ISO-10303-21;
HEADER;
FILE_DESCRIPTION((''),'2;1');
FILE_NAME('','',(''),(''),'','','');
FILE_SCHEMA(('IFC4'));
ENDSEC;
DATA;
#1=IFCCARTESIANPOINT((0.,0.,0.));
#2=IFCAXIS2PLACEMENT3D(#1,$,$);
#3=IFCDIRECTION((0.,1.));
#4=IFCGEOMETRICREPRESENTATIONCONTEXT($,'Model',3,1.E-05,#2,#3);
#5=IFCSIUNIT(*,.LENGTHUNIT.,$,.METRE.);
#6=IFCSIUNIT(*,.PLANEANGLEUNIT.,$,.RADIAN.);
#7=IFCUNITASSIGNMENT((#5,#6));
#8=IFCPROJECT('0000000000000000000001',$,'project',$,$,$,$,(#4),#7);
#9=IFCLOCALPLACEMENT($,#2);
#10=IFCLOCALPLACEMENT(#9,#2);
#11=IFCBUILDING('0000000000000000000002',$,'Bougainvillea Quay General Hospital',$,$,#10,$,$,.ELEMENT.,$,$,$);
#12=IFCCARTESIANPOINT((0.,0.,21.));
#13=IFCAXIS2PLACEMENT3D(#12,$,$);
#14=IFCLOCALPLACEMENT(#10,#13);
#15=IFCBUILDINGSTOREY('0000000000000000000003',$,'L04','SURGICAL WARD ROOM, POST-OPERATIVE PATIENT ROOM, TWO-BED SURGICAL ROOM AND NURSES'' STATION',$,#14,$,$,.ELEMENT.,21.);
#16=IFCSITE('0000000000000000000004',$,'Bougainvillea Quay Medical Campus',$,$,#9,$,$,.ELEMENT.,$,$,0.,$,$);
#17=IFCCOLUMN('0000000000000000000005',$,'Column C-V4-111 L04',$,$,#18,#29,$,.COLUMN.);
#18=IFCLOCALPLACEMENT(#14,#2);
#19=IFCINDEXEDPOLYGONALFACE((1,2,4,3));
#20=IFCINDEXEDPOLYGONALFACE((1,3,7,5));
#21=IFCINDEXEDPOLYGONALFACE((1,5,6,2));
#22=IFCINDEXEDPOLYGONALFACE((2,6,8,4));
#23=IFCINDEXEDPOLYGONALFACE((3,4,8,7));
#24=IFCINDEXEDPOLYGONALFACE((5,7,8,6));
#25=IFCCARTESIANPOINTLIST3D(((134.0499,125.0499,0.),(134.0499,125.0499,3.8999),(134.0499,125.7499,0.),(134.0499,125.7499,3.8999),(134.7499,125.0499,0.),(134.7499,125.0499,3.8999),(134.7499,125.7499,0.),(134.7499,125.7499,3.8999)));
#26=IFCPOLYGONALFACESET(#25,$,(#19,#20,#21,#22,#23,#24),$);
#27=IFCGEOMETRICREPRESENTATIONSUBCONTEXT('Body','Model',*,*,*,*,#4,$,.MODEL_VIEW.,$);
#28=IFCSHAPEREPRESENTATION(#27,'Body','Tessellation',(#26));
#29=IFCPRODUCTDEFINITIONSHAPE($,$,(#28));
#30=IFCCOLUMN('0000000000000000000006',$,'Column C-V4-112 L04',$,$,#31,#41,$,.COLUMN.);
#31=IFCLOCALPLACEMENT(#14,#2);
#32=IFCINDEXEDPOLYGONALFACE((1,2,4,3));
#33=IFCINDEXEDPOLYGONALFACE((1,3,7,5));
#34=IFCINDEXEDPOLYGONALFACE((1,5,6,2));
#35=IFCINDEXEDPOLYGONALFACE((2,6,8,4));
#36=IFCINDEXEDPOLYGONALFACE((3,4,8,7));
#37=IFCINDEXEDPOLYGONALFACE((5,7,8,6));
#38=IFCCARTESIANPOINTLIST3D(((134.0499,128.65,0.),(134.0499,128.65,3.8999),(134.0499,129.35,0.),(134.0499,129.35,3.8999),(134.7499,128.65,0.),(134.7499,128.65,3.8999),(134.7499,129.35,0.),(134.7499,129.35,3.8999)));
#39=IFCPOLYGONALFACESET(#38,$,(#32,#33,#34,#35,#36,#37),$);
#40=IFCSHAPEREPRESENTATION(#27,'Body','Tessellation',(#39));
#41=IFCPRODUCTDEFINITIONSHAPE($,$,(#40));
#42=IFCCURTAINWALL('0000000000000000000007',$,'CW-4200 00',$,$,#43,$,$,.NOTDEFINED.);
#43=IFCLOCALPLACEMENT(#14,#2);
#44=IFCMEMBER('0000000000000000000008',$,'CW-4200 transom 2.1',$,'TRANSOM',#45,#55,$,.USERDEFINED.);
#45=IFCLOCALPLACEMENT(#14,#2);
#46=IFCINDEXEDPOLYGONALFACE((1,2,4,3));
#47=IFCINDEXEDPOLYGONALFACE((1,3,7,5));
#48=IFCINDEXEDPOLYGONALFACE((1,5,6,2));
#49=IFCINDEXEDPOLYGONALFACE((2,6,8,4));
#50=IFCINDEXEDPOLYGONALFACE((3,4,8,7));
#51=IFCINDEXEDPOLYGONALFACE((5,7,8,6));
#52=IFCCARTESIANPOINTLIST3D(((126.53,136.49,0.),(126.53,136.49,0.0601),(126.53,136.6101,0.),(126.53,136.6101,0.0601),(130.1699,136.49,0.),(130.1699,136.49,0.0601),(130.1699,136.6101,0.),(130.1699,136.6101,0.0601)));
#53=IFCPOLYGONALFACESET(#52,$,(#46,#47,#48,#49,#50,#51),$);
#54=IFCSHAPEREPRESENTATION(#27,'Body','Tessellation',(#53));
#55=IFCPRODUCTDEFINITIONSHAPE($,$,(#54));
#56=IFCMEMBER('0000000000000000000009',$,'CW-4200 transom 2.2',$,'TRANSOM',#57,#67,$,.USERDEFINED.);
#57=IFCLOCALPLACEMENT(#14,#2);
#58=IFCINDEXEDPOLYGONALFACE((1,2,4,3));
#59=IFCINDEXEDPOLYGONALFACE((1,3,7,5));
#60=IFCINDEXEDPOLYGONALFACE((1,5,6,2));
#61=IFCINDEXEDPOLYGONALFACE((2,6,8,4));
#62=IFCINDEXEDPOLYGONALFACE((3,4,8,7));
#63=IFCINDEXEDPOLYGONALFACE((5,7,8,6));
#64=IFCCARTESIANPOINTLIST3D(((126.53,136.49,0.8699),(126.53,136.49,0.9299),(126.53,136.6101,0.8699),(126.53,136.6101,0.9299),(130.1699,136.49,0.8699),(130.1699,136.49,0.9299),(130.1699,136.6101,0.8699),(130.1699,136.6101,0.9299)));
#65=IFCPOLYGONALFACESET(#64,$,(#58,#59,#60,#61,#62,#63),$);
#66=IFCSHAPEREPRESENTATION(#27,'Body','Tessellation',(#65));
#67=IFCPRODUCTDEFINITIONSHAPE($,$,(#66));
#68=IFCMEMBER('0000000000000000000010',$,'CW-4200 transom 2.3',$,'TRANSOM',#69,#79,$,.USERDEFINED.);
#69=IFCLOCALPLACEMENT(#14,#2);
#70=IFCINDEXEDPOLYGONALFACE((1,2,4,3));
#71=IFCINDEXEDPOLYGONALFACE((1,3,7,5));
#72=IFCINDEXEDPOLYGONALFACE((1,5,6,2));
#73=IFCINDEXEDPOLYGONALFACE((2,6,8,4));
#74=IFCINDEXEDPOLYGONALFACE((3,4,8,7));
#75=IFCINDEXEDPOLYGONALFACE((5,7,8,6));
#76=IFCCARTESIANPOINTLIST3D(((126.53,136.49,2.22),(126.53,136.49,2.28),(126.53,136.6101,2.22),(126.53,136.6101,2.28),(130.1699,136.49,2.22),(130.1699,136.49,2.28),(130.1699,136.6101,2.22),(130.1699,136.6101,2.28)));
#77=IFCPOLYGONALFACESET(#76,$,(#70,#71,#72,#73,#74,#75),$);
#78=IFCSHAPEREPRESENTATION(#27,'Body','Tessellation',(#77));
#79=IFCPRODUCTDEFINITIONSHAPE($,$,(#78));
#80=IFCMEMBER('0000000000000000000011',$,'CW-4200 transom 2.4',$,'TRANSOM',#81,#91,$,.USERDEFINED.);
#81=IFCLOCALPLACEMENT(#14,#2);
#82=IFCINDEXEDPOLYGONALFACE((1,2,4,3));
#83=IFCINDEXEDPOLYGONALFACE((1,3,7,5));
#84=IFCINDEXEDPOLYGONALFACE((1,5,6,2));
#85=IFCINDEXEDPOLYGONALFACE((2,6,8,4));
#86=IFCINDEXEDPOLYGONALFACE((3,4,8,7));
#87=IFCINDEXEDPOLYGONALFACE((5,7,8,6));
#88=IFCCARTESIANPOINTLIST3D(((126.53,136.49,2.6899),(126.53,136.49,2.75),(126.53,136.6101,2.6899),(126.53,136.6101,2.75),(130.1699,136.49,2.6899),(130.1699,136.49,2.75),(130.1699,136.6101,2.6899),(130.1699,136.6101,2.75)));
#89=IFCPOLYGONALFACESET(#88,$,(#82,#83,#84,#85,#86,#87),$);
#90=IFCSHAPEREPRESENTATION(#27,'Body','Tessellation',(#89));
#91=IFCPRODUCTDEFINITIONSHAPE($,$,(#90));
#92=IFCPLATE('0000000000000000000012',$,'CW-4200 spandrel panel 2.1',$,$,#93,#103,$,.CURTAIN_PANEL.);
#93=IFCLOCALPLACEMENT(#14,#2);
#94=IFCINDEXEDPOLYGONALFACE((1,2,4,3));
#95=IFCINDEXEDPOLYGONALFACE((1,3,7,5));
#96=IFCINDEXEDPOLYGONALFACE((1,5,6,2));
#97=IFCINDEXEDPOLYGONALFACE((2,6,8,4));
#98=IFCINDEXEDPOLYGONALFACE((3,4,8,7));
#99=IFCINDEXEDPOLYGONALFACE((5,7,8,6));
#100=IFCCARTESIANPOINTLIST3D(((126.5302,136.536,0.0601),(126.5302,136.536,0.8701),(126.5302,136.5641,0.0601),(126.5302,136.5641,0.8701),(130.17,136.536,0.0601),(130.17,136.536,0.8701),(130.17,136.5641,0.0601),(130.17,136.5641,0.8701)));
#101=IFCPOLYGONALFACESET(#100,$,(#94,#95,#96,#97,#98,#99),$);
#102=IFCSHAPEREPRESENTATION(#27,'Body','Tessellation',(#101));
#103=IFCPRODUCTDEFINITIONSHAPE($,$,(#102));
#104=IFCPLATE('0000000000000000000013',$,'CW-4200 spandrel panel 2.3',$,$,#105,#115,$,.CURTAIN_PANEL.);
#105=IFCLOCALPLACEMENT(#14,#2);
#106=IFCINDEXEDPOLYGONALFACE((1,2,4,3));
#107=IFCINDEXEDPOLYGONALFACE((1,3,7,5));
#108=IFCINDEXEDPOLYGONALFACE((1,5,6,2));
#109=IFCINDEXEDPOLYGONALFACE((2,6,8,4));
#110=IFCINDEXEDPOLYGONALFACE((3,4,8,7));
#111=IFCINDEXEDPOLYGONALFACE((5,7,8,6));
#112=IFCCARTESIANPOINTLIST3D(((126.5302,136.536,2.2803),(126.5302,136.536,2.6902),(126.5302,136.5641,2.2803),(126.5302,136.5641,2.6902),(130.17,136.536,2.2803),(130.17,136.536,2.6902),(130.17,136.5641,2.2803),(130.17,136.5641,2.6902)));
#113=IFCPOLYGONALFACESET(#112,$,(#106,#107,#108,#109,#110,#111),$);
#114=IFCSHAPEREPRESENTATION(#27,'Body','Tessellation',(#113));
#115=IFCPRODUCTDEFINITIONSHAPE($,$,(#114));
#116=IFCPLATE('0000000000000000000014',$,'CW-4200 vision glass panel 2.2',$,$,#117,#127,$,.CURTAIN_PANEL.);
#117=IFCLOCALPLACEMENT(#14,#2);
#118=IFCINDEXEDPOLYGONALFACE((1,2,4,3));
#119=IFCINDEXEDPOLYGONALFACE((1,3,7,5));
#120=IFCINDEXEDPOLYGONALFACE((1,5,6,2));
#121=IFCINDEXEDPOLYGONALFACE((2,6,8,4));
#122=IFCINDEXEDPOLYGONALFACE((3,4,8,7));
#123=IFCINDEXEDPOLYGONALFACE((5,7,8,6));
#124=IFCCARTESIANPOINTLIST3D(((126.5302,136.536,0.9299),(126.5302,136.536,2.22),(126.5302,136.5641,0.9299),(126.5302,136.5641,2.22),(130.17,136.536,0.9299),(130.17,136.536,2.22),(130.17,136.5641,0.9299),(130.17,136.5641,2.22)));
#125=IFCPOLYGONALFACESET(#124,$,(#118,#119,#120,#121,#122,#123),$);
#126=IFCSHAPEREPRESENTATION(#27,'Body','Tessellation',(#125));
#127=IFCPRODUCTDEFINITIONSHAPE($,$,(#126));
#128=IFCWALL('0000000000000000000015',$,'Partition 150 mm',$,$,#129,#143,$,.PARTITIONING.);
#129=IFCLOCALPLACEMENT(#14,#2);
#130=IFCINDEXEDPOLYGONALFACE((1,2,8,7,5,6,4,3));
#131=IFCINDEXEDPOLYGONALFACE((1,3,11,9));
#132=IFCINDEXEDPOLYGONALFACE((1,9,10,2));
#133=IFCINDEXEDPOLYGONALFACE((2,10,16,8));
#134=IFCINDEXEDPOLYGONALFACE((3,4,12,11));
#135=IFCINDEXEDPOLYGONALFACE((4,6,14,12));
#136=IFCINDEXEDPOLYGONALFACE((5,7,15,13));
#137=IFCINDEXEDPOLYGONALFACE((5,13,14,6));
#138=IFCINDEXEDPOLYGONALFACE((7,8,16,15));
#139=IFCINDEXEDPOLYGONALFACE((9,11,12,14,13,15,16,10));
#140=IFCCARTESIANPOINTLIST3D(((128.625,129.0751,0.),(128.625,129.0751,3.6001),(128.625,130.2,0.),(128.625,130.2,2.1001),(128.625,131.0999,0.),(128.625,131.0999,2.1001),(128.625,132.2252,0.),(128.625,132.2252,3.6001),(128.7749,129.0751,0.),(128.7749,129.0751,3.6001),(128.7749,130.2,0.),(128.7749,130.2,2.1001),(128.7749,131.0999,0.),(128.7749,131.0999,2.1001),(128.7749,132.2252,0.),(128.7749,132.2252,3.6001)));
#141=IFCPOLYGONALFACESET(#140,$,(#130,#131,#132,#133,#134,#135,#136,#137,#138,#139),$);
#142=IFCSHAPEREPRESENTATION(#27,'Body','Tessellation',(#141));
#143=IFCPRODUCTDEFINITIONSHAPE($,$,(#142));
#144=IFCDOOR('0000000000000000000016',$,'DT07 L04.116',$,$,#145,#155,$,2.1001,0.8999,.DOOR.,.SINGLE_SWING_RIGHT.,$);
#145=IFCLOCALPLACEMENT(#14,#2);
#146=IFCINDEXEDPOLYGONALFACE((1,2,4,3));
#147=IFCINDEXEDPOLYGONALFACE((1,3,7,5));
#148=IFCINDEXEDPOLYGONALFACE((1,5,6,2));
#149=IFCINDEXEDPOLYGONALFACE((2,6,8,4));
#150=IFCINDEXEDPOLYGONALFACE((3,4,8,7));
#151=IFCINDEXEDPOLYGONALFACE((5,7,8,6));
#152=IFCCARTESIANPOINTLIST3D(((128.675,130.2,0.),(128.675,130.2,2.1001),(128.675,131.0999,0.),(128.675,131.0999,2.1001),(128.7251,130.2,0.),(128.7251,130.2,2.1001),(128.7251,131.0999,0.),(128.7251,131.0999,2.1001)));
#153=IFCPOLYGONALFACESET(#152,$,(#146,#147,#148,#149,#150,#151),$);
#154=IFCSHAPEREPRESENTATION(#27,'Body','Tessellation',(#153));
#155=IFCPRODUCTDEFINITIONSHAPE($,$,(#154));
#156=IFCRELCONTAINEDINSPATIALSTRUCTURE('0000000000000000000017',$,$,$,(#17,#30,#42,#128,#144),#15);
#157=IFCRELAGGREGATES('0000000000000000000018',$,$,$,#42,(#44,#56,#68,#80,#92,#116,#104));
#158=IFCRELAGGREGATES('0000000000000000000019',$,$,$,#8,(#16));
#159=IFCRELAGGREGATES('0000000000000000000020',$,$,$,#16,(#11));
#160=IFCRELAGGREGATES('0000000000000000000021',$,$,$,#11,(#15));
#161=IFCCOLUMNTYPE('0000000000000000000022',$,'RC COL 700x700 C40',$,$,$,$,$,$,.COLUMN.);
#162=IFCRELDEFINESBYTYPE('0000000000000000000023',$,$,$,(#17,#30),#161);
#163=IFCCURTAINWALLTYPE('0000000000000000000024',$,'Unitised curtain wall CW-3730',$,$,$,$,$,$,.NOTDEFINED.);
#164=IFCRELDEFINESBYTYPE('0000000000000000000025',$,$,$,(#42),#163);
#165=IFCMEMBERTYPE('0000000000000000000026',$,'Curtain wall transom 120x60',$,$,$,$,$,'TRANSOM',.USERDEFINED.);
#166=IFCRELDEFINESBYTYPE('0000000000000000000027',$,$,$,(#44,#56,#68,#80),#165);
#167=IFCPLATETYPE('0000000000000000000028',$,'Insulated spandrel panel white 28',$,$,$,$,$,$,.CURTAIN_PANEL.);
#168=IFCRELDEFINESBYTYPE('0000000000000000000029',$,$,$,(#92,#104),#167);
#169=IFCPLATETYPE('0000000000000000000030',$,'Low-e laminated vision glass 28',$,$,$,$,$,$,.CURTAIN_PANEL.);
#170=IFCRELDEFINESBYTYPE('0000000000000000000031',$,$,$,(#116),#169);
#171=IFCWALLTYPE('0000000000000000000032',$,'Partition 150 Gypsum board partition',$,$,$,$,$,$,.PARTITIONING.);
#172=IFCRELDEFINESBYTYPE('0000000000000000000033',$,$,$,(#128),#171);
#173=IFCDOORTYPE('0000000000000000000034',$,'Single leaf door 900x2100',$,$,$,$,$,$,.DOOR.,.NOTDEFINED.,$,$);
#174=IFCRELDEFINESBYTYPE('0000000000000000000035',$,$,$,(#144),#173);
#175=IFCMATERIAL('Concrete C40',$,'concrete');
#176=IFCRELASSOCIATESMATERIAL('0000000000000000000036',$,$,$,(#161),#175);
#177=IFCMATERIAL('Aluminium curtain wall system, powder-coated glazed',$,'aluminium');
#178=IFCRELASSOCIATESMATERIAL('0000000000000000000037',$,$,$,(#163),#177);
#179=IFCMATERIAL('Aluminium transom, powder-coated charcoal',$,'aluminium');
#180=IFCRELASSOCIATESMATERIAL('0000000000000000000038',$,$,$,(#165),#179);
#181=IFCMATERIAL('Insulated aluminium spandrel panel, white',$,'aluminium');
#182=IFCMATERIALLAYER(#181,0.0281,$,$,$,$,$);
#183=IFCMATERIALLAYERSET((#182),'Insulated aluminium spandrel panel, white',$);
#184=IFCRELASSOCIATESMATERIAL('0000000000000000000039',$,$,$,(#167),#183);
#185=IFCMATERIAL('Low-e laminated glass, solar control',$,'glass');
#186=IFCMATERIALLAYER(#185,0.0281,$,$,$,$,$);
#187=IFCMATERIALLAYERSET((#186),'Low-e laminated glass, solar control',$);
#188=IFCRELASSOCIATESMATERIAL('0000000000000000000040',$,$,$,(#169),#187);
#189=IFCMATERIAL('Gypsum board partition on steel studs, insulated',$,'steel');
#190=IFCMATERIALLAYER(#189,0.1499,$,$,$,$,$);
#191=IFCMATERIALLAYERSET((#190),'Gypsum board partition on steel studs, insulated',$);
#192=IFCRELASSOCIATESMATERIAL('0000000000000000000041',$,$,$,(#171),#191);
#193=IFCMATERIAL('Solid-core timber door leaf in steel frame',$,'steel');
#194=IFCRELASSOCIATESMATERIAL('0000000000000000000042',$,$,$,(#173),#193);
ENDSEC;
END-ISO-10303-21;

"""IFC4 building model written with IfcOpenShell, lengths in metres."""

from ifc_helpers import new_model, si_unit, direction, frame, frame_2d, origin, origin_2d, place, context, subcontext, project, spatial, rectangle, extrude, material, layer, layer_set, material_profile, profile_set, type_object, element, fill, aggregate, save


model = new_model("IFC4")

# Units and contexts
model_context = context("Model", 3, precision=1e-05, world=origin(), true_north=direction((0.0, 1.0)))
body_context = subcontext(model_context, "Body", "Model", "MODEL_VIEW")
ifc_project = project(units=[si_unit("LENGTHUNIT", "METRE"), si_unit("PLANEANGLEUNIT", "RADIAN")], contexts=[model_context])

# Site, building, storey
site_placement = place(None, origin())
site = spatial("IfcSite", under=ifc_project, at=site_placement, Name="Bougainvillea Quay Medical Campus", CompositionType="ELEMENT", RefElevation=0.0)
building_placement = place(site_placement, origin())
building = spatial("IfcBuilding", under=site, at=building_placement, Name="Bougainvillea Quay General Hospital", CompositionType="ELEMENT")
storey_placement = place(building_placement, frame((0.0, 0.0, 21.0)))
storey = spatial("IfcBuildingStorey", under=building, at=storey_placement, Name="L04", Description="SURGICAL WARD ROOM, POST-OPERATIVE PATIENT ROOM, TWO-BED SURGICAL ROOM AND NURSES' STATION", CompositionType="ELEMENT", Elevation=21.0)

# Columns
ifc_material_1 = material(Name="Concrete C40", Category="concrete")
ifc_material_profile_1 = material_profile(ifc_material_1, rectangle(XDim=0.7, YDim=0.7, at=origin_2d()))
ifc_profile_set_1 = profile_set([ifc_material_profile_1], Name="Concrete C40")
column_type = type_object("IfcColumnType", Name="RC COL 700x700 C40", PredefinedType="COLUMN", material=ifc_profile_set_1)
for number, where, z_axis, x_axis, name in (
    (1, (134.3999, 125.3999, 0.0), (0.0, 0.0, 1.0), (1.0, 0.0, 0.0), "Column C-V4-111 L04"),
    (2, (134.3999, 129.0, 0.0), (0.0, 0.0, 1.0), (1.0, 0.0, 0.0), "Column C-V4-112 L04"),
):
    element("IfcColumn", number, at=place(storey_placement, frame(where, z_axis=z_axis, x_axis=x_axis)), inside=storey, type_object=column_type, Name=name, PredefinedType="COLUMN", context=body_context, shape_type="SweptSolid", body=[
        extrude(rectangle(XDim=0.7, YDim=0.7, at=origin_2d()), origin(), (0.0, 0.0, 1.0), 3.8999),
    ])

# Curtain wall, members, plates
ifc_material_2 = material(Name="Aluminium curtain wall system, powder-coated glazed", Category="aluminium")
curtain_wall_type = type_object("IfcCurtainWallType", Name="Unitised curtain wall CW-3730", PredefinedType="NOTDEFINED", material=ifc_material_2)
curtain_wall_placement = place(storey_placement, origin())
curtain_wall = element("IfcCurtainWall", 3, at=curtain_wall_placement, inside=storey, type_object=curtain_wall_type, Name="CW-4200 00", PredefinedType="NOTDEFINED")
ifc_material_3 = material(Name="Aluminium transom, powder-coated charcoal", Category="aluminium")
ifc_material_profile_2 = material_profile(ifc_material_3, rectangle(XDim=0.1201, YDim=0.0601, at=origin_2d()))
ifc_profile_set_2 = profile_set([ifc_material_profile_2], Name="Aluminium transom, powder-coated charcoal")
member_type = type_object("IfcMemberType", Name="Curtain wall transom 120x60", ElementType="TRANSOM", PredefinedType="USERDEFINED", material=ifc_profile_set_2)
member_1_placement = place(storey_placement, frame((130.1699, 136.55, 0.03), z_axis=(-1.0, 0.0, 0.0), x_axis=(0.0, -1.0, 0.0)))
member_1 = element("IfcMember", 4, at=member_1_placement, type_object=member_type, Name="CW-4200 transom 2.1", ObjectType="TRANSOM", PredefinedType="USERDEFINED", context=body_context, shape_type="SweptSolid", body=[
    extrude(rectangle(XDim=0.1201, YDim=0.0601, at=origin_2d()), origin(), (0.0, 0.0, 1.0), 3.6399),
])
member_2_placement = place(storey_placement, frame((130.1699, 136.55, 0.8999), z_axis=(-1.0, 0.0, 0.0), x_axis=(0.0, -1.0, 0.0)))
member_2 = element("IfcMember", 5, at=member_2_placement, type_object=member_type, Name="CW-4200 transom 2.2", ObjectType="TRANSOM", PredefinedType="USERDEFINED", context=body_context, shape_type="SweptSolid", body=[
    extrude(rectangle(XDim=0.1201, YDim=0.0601, at=origin_2d()), origin(), (0.0, 0.0, 1.0), 3.6399),
])
member_3_placement = place(storey_placement, frame((130.1699, 136.55, 2.25), z_axis=(-1.0, 0.0, 0.0), x_axis=(0.0, -1.0, 0.0)))
member_3 = element("IfcMember", 6, at=member_3_placement, type_object=member_type, Name="CW-4200 transom 2.3", ObjectType="TRANSOM", PredefinedType="USERDEFINED", context=body_context, shape_type="SweptSolid", body=[
    extrude(rectangle(XDim=0.1201, YDim=0.0601, at=origin_2d()), origin(), (0.0, 0.0, 1.0), 3.6399),
])
member_4_placement = place(storey_placement, frame((130.1699, 136.55, 2.72), z_axis=(-1.0, 0.0, 0.0), x_axis=(0.0, -1.0, 0.0)))
member_4 = element("IfcMember", 7, at=member_4_placement, type_object=member_type, Name="CW-4200 transom 2.4", ObjectType="TRANSOM", PredefinedType="USERDEFINED", context=body_context, shape_type="SweptSolid", body=[
    extrude(rectangle(XDim=0.1201, YDim=0.0601, at=origin_2d()), origin(), (0.0, 0.0, 1.0), 3.6399),
])
ifc_material_4 = material(Name="Insulated aluminium spandrel panel, white", Category="aluminium")
ifc_layer_1 = layer(ifc_material_4, 0.0281)
ifc_layer_set_1 = layer_set([ifc_layer_1], Name="Insulated aluminium spandrel panel, white")
plate_type_1 = type_object("IfcPlateType", Name="Insulated spandrel panel white 28", PredefinedType="CURTAIN_PANEL", material=ifc_layer_set_1)
plate_1_placement = place(storey_placement, frame((128.3501, 136.55, 0.0601), z_axis=(0.0, 0.0, 1.0), x_axis=(-1.0, 0.0, 0.0)))
plate_1 = element("IfcPlate", 8, at=plate_1_placement, type_object=plate_type_1, Name="CW-4200 spandrel panel 2.1", PredefinedType="CURTAIN_PANEL", context=body_context, shape_type="SweptSolid", body=[
    extrude(rectangle(XDim=3.6399, YDim=0.0281, at=origin_2d()), origin(), (0.0, 0.0, 1.0), 0.8101),
])
plate_2_placement = place(storey_placement, frame((128.3501, 136.55, 2.2803), z_axis=(0.0, 0.0, 1.0), x_axis=(-1.0, 0.0, 0.0)))
plate_2 = element("IfcPlate", 9, at=plate_2_placement, type_object=plate_type_1, Name="CW-4200 spandrel panel 2.3", PredefinedType="CURTAIN_PANEL", context=body_context, shape_type="SweptSolid", body=[
    extrude(rectangle(XDim=3.6399, YDim=0.0281, at=origin_2d()), origin(), (0.0, 0.0, 1.0), 0.4099),
])
ifc_material_5 = material(Name="Low-e laminated glass, solar control", Category="glass")
ifc_layer_2 = layer(ifc_material_5, 0.0281)
ifc_layer_set_2 = layer_set([ifc_layer_2], Name="Low-e laminated glass, solar control")
plate_type_2 = type_object("IfcPlateType", Name="Low-e laminated vision glass 28", PredefinedType="CURTAIN_PANEL", material=ifc_layer_set_2)
plate_3_placement = place(storey_placement, frame((128.3501, 136.55, 0.9299), z_axis=(0.0, 0.0, 1.0), x_axis=(-1.0, 0.0, 0.0)))
plate_3 = element("IfcPlate", 10, at=plate_3_placement, type_object=plate_type_2, Name="CW-4200 vision glass panel 2.2", PredefinedType="CURTAIN_PANEL", context=body_context, shape_type="SweptSolid", body=[
    extrude(rectangle(XDim=3.6399, YDim=0.0281, at=origin_2d()), origin(), (0.0, 0.0, 1.0), 1.29),
])
aggregate(curtain_wall, [member_1, member_2, member_3, member_4, plate_1, plate_3, plate_2])

# Wall, opening, door
ifc_material_6 = material(Name="Gypsum board partition on steel studs, insulated", Category="steel")
ifc_layer_3 = layer(ifc_material_6, 0.1499)
ifc_layer_set_3 = layer_set([ifc_layer_3], Name="Gypsum board partition on steel studs, insulated")
wall_type_1 = type_object("IfcWallType", Name="Partition 150 Gypsum board partition", PredefinedType="PARTITIONING", material=ifc_layer_set_3)
wall_1_placement = place(storey_placement, frame((128.7, 129.075, 0.0), z_axis=(0.0, 0.0, 1.0), x_axis=(0.0, 1.0, 0.0)))
wall_1 = element("IfcWall", 11, at=wall_1_placement, inside=storey, type_object=wall_type_1, Name="Partition 150 mm", PredefinedType="PARTITIONING", context=body_context, shape_type="SweptSolid", body=[
    extrude(rectangle(XDim=3.1501, YDim=0.1499, at=frame_2d((1.5752, 0.0))), origin(), (0.0, 0.0, 1.0), 3.6001),
])
opening_1_placement = place(wall_1_placement, frame((1.125, 0.0, 0.0)))
opening_1 = element("IfcOpeningElement", 12, at=opening_1_placement, cuts=wall_1, PredefinedType="OPENING", context=body_context, shape_type="SweptSolid", body=[
    extrude(rectangle(XDim=0.8999, YDim=2.1001, at=frame_2d((0.45, 1.05))), frame((0.0, 0.085, 0.0), z_axis=(0.0, -1.0, 0.0), x_axis=(1.0, 0.0, 0.0)), (0.0, 0.0, 1.0), 0.1699),
])
ifc_material_7 = material(Name="Solid-core timber door leaf in steel frame", Category="steel")
door_type_1 = type_object("IfcDoorType", Name="Single leaf door 900x2100", OperationType="NOTDEFINED", PredefinedType="DOOR", material=ifc_material_7)
door_1_placement = place(opening_1_placement, origin())
door_1 = element("IfcDoor", 13, at=door_1_placement, inside=storey, type_object=door_type_1, Name="DT07 L04.116", OperationType="SINGLE_SWING_RIGHT", OverallHeight=2.1001, OverallWidth=0.8999, PredefinedType="DOOR", context=body_context, shape_type="SweptSolid", body=[
    extrude(rectangle(XDim=0.8999, YDim=2.1001, at=frame_2d((0.45, 1.05))), frame((0.0, 0.0249, 0.0), z_axis=(0.0, -1.0, 0.0), x_axis=(1.0, 0.0, 0.0)), (0.0, 0.0, 1.0), 0.05),
])
fill(opening_1, door_1)

save(model, "model.ifc")
